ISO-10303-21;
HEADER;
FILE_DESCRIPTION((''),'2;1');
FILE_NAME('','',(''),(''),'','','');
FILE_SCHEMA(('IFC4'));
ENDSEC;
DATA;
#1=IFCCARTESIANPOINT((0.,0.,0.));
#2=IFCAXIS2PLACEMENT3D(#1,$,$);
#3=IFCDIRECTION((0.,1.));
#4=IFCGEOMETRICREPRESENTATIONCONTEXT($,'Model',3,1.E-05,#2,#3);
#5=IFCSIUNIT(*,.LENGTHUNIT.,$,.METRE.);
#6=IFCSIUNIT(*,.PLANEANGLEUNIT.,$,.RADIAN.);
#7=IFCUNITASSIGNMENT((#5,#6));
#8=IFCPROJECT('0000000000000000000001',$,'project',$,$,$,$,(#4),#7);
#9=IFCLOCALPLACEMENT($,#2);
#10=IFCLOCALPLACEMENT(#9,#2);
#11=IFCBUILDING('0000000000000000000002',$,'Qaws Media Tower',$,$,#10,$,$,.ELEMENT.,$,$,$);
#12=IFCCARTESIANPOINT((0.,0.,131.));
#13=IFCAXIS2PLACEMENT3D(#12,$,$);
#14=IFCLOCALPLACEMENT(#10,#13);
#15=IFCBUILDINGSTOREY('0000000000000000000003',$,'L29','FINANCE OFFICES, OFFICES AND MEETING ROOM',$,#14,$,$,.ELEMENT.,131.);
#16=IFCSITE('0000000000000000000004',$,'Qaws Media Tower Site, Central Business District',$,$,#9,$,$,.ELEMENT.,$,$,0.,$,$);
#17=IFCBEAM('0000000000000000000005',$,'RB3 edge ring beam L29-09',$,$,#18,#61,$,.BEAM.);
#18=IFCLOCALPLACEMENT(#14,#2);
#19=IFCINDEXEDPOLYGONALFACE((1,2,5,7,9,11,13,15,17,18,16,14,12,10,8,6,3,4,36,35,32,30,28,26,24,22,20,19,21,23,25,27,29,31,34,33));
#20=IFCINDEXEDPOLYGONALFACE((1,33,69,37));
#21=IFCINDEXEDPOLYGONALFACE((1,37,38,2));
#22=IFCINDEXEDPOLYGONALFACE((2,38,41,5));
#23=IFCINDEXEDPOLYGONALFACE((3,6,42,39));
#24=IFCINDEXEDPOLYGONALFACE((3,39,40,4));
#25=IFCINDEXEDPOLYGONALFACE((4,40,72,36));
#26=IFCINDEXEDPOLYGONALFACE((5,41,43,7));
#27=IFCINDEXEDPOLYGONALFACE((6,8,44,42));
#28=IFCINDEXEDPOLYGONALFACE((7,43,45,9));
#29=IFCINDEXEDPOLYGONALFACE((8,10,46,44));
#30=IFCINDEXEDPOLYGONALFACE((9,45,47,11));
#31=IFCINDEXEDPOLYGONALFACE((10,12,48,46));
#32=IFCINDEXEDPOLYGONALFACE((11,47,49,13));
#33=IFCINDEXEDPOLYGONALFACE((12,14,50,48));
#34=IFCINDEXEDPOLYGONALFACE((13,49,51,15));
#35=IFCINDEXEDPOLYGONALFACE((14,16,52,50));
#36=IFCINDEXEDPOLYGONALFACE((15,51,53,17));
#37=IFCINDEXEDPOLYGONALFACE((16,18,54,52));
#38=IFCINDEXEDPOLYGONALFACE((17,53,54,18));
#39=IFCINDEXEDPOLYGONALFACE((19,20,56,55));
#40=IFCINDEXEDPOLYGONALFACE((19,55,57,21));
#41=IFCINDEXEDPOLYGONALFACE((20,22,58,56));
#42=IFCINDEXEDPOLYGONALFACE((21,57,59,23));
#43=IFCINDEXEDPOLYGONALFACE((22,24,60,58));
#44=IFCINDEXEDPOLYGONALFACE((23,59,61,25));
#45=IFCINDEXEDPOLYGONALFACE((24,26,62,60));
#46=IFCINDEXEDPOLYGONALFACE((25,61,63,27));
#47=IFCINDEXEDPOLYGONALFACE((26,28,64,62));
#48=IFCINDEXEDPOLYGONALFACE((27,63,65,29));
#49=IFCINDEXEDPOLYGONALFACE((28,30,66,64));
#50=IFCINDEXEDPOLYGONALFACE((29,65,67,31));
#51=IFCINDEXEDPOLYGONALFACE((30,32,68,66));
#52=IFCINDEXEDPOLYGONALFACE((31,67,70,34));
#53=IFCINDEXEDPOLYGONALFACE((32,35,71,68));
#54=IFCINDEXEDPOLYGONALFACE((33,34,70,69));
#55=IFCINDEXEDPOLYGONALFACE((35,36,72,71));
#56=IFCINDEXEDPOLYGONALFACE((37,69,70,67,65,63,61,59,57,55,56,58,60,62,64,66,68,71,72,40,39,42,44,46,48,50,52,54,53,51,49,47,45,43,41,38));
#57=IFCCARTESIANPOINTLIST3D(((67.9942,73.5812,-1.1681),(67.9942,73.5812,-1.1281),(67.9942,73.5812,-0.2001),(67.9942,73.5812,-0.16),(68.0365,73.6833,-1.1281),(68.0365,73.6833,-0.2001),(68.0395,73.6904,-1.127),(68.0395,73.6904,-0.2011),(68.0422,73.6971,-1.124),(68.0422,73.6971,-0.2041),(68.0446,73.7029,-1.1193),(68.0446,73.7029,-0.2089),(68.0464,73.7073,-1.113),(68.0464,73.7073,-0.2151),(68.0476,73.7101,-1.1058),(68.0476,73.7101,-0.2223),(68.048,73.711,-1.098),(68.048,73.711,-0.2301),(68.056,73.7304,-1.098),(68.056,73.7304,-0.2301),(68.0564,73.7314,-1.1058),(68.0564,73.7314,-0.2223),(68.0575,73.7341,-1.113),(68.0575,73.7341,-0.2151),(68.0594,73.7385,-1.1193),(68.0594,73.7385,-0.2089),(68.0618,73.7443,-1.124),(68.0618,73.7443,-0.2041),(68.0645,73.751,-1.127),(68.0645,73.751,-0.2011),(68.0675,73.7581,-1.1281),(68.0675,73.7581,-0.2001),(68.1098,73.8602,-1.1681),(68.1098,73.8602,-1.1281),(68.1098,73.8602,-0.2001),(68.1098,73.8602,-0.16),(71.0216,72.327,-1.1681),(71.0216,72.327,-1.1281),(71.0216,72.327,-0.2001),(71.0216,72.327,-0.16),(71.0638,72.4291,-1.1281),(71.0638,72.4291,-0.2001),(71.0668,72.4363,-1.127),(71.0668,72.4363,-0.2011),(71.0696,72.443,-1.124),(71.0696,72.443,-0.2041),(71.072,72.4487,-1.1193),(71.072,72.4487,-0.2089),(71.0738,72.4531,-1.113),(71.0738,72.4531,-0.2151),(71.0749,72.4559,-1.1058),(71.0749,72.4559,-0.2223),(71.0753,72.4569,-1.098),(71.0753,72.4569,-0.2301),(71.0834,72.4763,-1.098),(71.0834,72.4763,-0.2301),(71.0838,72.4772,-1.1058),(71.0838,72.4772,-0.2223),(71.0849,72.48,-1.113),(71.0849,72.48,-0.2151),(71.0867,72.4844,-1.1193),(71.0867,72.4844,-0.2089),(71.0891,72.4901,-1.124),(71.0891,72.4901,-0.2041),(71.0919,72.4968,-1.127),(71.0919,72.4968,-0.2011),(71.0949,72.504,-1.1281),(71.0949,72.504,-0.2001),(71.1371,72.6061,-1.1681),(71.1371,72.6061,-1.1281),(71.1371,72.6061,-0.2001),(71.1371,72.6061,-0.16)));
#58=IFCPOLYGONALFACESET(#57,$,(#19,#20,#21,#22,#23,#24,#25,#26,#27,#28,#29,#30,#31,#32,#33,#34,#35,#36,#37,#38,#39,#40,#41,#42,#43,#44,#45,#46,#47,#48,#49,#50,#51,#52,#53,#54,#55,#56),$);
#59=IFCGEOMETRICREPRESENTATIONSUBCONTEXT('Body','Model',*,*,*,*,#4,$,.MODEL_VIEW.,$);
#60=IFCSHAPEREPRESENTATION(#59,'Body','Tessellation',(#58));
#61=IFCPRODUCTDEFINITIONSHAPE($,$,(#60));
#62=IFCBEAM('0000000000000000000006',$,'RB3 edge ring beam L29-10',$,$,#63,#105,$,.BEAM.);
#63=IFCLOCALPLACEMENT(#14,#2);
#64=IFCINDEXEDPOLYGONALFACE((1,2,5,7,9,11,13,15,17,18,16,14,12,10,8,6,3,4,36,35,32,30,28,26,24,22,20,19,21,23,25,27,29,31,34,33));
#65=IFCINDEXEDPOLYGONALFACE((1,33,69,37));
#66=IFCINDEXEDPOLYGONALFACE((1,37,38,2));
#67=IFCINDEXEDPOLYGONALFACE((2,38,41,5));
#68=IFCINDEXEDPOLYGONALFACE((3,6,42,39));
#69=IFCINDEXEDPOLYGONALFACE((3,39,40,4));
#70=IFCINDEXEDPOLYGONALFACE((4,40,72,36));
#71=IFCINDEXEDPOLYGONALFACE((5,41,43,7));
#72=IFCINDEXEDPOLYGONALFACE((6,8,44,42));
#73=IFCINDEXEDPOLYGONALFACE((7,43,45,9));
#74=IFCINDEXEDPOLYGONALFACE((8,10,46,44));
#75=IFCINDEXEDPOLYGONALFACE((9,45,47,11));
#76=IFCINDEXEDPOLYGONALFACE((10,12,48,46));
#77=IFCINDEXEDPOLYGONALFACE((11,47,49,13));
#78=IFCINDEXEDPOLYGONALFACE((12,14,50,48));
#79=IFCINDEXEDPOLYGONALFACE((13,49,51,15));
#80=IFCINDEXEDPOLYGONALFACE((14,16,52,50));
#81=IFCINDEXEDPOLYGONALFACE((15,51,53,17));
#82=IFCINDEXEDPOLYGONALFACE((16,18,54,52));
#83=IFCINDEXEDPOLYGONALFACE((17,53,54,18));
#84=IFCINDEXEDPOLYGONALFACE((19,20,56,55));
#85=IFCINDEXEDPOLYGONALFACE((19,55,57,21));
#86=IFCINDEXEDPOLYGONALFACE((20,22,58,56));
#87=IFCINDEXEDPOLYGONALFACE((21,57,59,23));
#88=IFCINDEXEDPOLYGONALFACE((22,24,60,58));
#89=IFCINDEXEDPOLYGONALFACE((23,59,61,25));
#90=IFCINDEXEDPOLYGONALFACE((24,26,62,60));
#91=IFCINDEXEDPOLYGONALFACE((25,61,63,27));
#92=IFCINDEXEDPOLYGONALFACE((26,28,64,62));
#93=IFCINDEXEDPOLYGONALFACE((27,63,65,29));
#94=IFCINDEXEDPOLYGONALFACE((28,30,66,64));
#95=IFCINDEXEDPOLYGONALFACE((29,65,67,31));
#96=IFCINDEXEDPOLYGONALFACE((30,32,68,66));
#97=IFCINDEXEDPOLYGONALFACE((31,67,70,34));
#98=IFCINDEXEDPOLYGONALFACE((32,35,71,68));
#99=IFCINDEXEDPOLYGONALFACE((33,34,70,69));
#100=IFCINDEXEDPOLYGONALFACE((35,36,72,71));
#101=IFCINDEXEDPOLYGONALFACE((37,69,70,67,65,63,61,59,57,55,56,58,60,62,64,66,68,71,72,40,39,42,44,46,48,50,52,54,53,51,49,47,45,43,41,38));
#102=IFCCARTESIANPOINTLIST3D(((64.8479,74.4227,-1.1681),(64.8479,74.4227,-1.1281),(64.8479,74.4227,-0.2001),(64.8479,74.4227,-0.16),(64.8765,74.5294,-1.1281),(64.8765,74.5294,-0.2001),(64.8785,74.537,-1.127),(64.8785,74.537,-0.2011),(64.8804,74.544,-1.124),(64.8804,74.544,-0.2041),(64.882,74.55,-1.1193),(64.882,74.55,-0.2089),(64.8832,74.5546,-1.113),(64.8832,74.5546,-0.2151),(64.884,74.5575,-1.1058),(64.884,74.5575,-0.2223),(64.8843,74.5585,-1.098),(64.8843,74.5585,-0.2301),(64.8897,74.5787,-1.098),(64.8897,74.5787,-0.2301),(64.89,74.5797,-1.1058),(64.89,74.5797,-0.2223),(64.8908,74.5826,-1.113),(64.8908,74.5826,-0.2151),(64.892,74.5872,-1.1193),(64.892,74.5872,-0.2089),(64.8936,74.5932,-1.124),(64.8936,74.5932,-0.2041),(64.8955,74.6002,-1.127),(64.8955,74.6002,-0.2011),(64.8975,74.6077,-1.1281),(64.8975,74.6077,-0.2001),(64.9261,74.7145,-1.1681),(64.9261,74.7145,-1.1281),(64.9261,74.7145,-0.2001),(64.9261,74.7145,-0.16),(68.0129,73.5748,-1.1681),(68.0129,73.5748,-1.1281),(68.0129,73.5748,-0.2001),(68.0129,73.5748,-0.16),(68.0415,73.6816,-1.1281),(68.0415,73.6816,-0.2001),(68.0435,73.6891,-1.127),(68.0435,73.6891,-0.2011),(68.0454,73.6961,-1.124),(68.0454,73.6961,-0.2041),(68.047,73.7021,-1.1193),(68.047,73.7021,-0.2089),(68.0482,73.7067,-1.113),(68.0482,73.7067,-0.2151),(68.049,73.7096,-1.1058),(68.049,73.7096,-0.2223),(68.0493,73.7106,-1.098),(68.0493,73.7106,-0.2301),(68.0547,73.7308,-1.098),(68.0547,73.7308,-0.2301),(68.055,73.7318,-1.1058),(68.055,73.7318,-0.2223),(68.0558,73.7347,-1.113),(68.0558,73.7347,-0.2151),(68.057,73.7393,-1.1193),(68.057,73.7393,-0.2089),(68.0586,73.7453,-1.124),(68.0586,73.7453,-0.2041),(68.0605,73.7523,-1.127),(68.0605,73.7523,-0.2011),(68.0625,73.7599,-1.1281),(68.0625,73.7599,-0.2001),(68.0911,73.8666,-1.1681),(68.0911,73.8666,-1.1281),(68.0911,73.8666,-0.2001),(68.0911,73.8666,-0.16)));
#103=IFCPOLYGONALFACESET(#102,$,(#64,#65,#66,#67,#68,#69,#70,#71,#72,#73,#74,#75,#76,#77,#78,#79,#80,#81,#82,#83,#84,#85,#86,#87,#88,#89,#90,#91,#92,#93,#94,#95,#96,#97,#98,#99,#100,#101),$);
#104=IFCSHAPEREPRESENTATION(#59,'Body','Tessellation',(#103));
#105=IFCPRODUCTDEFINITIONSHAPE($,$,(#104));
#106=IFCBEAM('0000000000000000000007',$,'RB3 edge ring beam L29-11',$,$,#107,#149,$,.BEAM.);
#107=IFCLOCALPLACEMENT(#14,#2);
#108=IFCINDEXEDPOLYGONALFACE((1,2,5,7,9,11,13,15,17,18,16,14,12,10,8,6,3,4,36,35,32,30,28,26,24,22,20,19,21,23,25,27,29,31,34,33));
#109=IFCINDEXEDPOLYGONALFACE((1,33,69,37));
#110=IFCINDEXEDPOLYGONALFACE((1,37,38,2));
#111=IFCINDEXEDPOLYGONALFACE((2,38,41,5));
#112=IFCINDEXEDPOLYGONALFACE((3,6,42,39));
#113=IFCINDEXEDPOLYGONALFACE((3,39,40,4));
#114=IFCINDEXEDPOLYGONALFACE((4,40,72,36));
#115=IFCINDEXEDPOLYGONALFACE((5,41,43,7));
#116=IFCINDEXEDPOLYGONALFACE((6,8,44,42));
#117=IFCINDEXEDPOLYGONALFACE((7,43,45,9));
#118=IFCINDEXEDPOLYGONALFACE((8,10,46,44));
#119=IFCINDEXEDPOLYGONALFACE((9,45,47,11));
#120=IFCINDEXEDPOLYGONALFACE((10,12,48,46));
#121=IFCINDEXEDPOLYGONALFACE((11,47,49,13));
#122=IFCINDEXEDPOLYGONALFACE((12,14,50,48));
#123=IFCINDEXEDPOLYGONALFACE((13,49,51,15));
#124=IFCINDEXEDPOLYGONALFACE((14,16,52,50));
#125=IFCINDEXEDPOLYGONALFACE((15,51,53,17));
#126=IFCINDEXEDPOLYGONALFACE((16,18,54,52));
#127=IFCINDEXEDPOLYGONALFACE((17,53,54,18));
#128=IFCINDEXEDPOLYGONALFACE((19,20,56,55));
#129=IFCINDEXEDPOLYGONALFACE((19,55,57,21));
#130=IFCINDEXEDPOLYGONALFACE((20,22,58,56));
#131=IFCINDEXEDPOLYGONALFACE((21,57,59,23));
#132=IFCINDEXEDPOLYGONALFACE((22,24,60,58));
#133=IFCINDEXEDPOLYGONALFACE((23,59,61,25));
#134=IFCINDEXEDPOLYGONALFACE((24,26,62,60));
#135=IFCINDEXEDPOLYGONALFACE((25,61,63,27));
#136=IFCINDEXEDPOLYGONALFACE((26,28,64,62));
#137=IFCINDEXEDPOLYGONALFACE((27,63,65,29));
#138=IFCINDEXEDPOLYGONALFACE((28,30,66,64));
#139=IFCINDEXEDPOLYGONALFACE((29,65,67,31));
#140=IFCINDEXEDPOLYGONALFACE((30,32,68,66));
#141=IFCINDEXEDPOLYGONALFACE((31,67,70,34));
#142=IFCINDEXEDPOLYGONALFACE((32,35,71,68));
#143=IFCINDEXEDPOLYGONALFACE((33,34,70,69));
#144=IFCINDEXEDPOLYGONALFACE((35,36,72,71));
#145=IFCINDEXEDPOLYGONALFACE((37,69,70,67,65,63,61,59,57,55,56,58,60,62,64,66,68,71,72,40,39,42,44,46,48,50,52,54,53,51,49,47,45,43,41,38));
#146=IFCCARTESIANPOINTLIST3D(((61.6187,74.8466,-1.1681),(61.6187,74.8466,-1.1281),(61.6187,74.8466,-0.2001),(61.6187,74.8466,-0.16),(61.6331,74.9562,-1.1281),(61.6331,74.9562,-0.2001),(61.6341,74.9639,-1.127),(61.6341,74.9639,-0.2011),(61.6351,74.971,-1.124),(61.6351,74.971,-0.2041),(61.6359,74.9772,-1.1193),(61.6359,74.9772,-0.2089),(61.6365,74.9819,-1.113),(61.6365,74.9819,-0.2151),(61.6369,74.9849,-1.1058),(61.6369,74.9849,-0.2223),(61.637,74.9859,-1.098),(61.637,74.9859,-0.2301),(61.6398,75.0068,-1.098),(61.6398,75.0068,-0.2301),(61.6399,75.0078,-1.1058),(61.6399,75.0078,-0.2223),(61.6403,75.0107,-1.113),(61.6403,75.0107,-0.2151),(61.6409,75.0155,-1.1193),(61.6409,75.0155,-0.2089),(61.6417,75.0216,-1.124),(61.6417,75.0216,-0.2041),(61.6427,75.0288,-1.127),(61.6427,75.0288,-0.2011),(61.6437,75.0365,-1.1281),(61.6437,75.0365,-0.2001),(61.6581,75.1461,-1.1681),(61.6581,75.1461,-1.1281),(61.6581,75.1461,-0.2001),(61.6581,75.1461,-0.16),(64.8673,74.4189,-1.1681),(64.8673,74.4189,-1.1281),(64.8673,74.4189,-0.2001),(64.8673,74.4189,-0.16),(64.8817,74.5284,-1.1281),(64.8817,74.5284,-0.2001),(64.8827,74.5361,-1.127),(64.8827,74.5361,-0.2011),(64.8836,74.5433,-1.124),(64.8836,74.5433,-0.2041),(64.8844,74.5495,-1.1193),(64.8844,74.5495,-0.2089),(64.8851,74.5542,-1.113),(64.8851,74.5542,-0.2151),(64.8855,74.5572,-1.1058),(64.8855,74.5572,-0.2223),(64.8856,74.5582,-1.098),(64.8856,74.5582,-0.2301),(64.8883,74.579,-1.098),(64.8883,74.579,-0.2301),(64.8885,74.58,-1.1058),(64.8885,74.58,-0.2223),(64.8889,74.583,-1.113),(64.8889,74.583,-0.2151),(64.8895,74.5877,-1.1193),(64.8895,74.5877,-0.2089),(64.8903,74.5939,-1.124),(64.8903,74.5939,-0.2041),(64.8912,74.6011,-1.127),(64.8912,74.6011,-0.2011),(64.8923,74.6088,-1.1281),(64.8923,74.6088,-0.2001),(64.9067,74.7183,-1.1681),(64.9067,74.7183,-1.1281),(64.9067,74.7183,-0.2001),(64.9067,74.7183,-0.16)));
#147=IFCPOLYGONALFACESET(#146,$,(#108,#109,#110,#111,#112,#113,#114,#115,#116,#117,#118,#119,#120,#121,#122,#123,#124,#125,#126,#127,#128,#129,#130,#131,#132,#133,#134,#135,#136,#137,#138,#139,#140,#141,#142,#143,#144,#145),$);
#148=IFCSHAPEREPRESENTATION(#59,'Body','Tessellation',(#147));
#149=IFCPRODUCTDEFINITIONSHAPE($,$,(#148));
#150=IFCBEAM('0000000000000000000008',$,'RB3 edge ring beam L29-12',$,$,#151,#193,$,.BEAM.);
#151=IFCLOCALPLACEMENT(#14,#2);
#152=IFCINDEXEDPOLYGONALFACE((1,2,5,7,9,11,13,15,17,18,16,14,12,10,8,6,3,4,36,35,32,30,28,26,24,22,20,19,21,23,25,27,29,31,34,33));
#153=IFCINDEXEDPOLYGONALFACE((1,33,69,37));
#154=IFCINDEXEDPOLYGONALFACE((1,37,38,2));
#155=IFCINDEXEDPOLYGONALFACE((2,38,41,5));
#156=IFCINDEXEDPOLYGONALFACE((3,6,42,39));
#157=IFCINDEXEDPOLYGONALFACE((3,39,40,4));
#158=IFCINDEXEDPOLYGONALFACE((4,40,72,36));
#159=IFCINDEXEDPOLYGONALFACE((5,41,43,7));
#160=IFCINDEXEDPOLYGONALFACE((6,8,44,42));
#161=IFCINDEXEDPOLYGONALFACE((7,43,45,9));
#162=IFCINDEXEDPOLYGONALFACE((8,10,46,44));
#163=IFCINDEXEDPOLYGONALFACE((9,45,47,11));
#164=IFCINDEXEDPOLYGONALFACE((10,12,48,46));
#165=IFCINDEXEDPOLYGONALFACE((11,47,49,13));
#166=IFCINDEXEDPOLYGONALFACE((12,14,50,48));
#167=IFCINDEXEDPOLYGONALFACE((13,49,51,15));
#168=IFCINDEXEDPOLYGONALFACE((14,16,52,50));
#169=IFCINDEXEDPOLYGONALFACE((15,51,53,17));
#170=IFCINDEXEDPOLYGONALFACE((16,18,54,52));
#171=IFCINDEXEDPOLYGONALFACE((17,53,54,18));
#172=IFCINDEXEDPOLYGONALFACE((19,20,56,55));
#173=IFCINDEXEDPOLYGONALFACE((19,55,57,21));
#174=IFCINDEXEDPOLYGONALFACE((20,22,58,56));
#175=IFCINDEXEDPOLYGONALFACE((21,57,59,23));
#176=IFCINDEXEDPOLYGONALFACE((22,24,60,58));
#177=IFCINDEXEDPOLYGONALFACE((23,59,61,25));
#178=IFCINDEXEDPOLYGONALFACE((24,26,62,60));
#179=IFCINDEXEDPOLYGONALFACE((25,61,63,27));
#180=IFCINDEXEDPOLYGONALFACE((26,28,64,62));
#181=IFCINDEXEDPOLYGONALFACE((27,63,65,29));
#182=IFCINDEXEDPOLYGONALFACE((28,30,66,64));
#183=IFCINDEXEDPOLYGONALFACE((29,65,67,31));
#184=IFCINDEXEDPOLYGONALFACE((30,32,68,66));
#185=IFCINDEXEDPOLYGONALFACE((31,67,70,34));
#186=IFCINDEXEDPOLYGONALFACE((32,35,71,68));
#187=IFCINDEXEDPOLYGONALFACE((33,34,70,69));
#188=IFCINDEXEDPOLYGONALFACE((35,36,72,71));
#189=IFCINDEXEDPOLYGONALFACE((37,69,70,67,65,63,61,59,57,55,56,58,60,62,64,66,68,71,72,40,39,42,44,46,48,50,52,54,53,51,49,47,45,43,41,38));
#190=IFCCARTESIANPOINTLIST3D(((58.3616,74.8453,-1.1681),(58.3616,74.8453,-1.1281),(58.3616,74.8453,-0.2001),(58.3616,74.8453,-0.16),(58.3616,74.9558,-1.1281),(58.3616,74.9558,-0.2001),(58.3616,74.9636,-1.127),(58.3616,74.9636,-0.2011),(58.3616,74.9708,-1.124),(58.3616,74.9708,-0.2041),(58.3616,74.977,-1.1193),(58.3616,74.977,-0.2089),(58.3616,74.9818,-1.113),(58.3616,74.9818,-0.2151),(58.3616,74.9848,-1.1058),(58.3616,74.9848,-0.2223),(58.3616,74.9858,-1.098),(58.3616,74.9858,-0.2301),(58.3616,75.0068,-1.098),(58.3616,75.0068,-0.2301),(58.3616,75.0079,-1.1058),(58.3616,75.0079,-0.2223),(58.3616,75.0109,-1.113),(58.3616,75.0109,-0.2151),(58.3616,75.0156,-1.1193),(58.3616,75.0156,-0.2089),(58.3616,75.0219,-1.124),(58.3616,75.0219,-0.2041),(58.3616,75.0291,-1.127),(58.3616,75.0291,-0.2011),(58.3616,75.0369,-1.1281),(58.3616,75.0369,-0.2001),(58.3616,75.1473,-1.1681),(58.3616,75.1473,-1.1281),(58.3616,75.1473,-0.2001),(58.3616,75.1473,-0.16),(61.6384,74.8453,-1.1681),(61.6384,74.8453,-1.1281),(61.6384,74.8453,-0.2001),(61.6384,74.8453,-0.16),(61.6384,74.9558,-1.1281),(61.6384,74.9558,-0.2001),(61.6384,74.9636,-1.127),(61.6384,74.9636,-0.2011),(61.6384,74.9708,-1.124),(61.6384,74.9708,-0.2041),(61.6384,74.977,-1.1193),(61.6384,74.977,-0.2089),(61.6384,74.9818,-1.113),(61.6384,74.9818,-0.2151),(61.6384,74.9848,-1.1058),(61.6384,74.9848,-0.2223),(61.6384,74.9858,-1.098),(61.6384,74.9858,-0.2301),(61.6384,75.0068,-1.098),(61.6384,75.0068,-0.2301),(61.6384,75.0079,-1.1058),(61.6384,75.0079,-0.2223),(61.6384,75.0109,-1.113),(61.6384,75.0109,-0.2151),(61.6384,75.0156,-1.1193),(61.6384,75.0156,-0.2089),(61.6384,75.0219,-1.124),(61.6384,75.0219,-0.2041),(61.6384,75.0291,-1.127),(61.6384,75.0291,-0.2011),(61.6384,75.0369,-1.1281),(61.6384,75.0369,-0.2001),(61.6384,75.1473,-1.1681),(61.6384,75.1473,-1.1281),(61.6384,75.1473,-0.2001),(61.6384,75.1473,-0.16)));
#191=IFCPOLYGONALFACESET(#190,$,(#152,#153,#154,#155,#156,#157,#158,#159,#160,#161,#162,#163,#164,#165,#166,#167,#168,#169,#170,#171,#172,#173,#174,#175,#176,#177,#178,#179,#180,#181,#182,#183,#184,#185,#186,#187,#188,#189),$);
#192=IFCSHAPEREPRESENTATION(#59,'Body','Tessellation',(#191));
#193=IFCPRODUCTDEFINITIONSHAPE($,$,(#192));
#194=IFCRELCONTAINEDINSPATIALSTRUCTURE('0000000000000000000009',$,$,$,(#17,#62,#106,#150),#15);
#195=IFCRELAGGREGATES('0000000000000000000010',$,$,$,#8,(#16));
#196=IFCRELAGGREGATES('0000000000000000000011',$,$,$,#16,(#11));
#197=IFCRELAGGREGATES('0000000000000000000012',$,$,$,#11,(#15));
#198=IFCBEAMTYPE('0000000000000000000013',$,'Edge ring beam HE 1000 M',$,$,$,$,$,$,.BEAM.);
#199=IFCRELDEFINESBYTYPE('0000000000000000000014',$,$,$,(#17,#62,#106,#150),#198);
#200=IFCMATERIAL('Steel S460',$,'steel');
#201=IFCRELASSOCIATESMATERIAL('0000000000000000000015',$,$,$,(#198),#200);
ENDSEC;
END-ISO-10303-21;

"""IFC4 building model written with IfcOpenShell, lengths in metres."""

from ifc_helpers import new_model, si_unit, direction, frame, origin, origin_2d, place, context, subcontext, project, spatial, i_section, extrude, material, material_profile, profile_set, type_object, element, save


model = new_model("IFC4")

# Units and contexts
model_context = context("Model", 3, precision=1e-05, world=origin(), true_north=direction((0.0, 1.0)))
body_context = subcontext(model_context, "Body", "Model", "MODEL_VIEW")
ifc_project = project(units=[si_unit("LENGTHUNIT", "METRE"), si_unit("PLANEANGLEUNIT", "RADIAN")], contexts=[model_context])

# Site, building, storey
site_placement = place(None, origin())
site = spatial("IfcSite", under=ifc_project, at=site_placement, Name="Qaws Media Tower Site, Central Business District", CompositionType="ELEMENT", RefElevation=0.0)
building_placement = place(site_placement, origin())
building = spatial("IfcBuilding", under=site, at=building_placement, Name="Qaws Media Tower", CompositionType="ELEMENT")
storey_placement = place(building_placement, frame((0.0, 0.0, 131.0)))
storey = spatial("IfcBuildingStorey", under=building, at=storey_placement, Name="L29", Description="FINANCE OFFICES, OFFICES AND MEETING ROOM", CompositionType="ELEMENT", Elevation=131.0)

# Beams
ifc_material_1 = material(Name="Steel S460", Category="steel")
ifc_material_profile_1 = material_profile(ifc_material_1, i_section(OverallWidth=0.302, OverallDepth=1.0081, WebThickness=0.021, FlangeThickness=0.04, FilletRadius=0.03, at=origin_2d()), Name="HE 1000 M")
ifc_profile_set_1 = profile_set([ifc_material_profile_1], Name="Steel S460")
beam_type = type_object("IfcBeamType", Name="Edge ring beam HE 1000 M", PredefinedType="BEAM", material=ifc_profile_set_1)
beam_1_placement = place(storey_placement, frame((71.0793, 72.4666, -0.6641), z_axis=(-0.92386, 0.382731, 0.0), x_axis=(-0.382731, -0.92386, 0.0)))
element("IfcBeam", 1, at=beam_1_placement, inside=storey, type_object=beam_type, Name="RB3 edge ring beam L29-09", PredefinedType="BEAM", context=body_context, shape_type="SweptSolid", body=[
    extrude(i_section(OverallWidth=0.302, OverallDepth=1.0081, WebThickness=0.021, FlangeThickness=0.04, FilletRadius=0.03, at=origin_2d()), origin(), (0.0, 0.0, 1.0), 3.2769),
])
for number, where, z_axis, x_axis, name in (
    (2, (68.052, 73.7207, -0.6641), (-0.965939, 0.258771, 0.0), (-0.258771, -0.965939, 0.0), "RB3 edge ring beam L29-10"),
    (3, (64.887, 74.5686, -0.6641), (-0.991443, 0.130543, 0.0), (-0.130543, -0.991443, 0.0), "RB3 edge ring beam L29-11"),
):
    element("IfcBeam", number, at=place(storey_placement, frame(where, z_axis=z_axis, x_axis=x_axis)), inside=storey, type_object=beam_type, Name=name, PredefinedType="BEAM", context=body_context, shape_type="SweptSolid", body=[
        extrude(i_section(OverallWidth=0.302, OverallDepth=1.0081, WebThickness=0.021, FlangeThickness=0.04, FilletRadius=0.03, at=origin_2d()), origin(), (0.0, 0.0, 1.0), 3.2766),
    ])
beam_2_placement = place(storey_placement, frame((61.6384, 74.9963, -0.6641), z_axis=(-1.0, 0.0, 0.0), x_axis=(0.0, -1.0, 0.0)))
element("IfcBeam", 4, at=beam_2_placement, inside=storey, type_object=beam_type, Name="RB3 edge ring beam L29-12", PredefinedType="BEAM", context=body_context, shape_type="SweptSolid", body=[
    extrude(i_section(OverallWidth=0.302, OverallDepth=1.0081, WebThickness=0.021, FlangeThickness=0.04, FilletRadius=0.03, at=origin_2d()), origin(), (0.0, 0.0, 1.0), 3.2769),
])

save(model, "model.ifc")
